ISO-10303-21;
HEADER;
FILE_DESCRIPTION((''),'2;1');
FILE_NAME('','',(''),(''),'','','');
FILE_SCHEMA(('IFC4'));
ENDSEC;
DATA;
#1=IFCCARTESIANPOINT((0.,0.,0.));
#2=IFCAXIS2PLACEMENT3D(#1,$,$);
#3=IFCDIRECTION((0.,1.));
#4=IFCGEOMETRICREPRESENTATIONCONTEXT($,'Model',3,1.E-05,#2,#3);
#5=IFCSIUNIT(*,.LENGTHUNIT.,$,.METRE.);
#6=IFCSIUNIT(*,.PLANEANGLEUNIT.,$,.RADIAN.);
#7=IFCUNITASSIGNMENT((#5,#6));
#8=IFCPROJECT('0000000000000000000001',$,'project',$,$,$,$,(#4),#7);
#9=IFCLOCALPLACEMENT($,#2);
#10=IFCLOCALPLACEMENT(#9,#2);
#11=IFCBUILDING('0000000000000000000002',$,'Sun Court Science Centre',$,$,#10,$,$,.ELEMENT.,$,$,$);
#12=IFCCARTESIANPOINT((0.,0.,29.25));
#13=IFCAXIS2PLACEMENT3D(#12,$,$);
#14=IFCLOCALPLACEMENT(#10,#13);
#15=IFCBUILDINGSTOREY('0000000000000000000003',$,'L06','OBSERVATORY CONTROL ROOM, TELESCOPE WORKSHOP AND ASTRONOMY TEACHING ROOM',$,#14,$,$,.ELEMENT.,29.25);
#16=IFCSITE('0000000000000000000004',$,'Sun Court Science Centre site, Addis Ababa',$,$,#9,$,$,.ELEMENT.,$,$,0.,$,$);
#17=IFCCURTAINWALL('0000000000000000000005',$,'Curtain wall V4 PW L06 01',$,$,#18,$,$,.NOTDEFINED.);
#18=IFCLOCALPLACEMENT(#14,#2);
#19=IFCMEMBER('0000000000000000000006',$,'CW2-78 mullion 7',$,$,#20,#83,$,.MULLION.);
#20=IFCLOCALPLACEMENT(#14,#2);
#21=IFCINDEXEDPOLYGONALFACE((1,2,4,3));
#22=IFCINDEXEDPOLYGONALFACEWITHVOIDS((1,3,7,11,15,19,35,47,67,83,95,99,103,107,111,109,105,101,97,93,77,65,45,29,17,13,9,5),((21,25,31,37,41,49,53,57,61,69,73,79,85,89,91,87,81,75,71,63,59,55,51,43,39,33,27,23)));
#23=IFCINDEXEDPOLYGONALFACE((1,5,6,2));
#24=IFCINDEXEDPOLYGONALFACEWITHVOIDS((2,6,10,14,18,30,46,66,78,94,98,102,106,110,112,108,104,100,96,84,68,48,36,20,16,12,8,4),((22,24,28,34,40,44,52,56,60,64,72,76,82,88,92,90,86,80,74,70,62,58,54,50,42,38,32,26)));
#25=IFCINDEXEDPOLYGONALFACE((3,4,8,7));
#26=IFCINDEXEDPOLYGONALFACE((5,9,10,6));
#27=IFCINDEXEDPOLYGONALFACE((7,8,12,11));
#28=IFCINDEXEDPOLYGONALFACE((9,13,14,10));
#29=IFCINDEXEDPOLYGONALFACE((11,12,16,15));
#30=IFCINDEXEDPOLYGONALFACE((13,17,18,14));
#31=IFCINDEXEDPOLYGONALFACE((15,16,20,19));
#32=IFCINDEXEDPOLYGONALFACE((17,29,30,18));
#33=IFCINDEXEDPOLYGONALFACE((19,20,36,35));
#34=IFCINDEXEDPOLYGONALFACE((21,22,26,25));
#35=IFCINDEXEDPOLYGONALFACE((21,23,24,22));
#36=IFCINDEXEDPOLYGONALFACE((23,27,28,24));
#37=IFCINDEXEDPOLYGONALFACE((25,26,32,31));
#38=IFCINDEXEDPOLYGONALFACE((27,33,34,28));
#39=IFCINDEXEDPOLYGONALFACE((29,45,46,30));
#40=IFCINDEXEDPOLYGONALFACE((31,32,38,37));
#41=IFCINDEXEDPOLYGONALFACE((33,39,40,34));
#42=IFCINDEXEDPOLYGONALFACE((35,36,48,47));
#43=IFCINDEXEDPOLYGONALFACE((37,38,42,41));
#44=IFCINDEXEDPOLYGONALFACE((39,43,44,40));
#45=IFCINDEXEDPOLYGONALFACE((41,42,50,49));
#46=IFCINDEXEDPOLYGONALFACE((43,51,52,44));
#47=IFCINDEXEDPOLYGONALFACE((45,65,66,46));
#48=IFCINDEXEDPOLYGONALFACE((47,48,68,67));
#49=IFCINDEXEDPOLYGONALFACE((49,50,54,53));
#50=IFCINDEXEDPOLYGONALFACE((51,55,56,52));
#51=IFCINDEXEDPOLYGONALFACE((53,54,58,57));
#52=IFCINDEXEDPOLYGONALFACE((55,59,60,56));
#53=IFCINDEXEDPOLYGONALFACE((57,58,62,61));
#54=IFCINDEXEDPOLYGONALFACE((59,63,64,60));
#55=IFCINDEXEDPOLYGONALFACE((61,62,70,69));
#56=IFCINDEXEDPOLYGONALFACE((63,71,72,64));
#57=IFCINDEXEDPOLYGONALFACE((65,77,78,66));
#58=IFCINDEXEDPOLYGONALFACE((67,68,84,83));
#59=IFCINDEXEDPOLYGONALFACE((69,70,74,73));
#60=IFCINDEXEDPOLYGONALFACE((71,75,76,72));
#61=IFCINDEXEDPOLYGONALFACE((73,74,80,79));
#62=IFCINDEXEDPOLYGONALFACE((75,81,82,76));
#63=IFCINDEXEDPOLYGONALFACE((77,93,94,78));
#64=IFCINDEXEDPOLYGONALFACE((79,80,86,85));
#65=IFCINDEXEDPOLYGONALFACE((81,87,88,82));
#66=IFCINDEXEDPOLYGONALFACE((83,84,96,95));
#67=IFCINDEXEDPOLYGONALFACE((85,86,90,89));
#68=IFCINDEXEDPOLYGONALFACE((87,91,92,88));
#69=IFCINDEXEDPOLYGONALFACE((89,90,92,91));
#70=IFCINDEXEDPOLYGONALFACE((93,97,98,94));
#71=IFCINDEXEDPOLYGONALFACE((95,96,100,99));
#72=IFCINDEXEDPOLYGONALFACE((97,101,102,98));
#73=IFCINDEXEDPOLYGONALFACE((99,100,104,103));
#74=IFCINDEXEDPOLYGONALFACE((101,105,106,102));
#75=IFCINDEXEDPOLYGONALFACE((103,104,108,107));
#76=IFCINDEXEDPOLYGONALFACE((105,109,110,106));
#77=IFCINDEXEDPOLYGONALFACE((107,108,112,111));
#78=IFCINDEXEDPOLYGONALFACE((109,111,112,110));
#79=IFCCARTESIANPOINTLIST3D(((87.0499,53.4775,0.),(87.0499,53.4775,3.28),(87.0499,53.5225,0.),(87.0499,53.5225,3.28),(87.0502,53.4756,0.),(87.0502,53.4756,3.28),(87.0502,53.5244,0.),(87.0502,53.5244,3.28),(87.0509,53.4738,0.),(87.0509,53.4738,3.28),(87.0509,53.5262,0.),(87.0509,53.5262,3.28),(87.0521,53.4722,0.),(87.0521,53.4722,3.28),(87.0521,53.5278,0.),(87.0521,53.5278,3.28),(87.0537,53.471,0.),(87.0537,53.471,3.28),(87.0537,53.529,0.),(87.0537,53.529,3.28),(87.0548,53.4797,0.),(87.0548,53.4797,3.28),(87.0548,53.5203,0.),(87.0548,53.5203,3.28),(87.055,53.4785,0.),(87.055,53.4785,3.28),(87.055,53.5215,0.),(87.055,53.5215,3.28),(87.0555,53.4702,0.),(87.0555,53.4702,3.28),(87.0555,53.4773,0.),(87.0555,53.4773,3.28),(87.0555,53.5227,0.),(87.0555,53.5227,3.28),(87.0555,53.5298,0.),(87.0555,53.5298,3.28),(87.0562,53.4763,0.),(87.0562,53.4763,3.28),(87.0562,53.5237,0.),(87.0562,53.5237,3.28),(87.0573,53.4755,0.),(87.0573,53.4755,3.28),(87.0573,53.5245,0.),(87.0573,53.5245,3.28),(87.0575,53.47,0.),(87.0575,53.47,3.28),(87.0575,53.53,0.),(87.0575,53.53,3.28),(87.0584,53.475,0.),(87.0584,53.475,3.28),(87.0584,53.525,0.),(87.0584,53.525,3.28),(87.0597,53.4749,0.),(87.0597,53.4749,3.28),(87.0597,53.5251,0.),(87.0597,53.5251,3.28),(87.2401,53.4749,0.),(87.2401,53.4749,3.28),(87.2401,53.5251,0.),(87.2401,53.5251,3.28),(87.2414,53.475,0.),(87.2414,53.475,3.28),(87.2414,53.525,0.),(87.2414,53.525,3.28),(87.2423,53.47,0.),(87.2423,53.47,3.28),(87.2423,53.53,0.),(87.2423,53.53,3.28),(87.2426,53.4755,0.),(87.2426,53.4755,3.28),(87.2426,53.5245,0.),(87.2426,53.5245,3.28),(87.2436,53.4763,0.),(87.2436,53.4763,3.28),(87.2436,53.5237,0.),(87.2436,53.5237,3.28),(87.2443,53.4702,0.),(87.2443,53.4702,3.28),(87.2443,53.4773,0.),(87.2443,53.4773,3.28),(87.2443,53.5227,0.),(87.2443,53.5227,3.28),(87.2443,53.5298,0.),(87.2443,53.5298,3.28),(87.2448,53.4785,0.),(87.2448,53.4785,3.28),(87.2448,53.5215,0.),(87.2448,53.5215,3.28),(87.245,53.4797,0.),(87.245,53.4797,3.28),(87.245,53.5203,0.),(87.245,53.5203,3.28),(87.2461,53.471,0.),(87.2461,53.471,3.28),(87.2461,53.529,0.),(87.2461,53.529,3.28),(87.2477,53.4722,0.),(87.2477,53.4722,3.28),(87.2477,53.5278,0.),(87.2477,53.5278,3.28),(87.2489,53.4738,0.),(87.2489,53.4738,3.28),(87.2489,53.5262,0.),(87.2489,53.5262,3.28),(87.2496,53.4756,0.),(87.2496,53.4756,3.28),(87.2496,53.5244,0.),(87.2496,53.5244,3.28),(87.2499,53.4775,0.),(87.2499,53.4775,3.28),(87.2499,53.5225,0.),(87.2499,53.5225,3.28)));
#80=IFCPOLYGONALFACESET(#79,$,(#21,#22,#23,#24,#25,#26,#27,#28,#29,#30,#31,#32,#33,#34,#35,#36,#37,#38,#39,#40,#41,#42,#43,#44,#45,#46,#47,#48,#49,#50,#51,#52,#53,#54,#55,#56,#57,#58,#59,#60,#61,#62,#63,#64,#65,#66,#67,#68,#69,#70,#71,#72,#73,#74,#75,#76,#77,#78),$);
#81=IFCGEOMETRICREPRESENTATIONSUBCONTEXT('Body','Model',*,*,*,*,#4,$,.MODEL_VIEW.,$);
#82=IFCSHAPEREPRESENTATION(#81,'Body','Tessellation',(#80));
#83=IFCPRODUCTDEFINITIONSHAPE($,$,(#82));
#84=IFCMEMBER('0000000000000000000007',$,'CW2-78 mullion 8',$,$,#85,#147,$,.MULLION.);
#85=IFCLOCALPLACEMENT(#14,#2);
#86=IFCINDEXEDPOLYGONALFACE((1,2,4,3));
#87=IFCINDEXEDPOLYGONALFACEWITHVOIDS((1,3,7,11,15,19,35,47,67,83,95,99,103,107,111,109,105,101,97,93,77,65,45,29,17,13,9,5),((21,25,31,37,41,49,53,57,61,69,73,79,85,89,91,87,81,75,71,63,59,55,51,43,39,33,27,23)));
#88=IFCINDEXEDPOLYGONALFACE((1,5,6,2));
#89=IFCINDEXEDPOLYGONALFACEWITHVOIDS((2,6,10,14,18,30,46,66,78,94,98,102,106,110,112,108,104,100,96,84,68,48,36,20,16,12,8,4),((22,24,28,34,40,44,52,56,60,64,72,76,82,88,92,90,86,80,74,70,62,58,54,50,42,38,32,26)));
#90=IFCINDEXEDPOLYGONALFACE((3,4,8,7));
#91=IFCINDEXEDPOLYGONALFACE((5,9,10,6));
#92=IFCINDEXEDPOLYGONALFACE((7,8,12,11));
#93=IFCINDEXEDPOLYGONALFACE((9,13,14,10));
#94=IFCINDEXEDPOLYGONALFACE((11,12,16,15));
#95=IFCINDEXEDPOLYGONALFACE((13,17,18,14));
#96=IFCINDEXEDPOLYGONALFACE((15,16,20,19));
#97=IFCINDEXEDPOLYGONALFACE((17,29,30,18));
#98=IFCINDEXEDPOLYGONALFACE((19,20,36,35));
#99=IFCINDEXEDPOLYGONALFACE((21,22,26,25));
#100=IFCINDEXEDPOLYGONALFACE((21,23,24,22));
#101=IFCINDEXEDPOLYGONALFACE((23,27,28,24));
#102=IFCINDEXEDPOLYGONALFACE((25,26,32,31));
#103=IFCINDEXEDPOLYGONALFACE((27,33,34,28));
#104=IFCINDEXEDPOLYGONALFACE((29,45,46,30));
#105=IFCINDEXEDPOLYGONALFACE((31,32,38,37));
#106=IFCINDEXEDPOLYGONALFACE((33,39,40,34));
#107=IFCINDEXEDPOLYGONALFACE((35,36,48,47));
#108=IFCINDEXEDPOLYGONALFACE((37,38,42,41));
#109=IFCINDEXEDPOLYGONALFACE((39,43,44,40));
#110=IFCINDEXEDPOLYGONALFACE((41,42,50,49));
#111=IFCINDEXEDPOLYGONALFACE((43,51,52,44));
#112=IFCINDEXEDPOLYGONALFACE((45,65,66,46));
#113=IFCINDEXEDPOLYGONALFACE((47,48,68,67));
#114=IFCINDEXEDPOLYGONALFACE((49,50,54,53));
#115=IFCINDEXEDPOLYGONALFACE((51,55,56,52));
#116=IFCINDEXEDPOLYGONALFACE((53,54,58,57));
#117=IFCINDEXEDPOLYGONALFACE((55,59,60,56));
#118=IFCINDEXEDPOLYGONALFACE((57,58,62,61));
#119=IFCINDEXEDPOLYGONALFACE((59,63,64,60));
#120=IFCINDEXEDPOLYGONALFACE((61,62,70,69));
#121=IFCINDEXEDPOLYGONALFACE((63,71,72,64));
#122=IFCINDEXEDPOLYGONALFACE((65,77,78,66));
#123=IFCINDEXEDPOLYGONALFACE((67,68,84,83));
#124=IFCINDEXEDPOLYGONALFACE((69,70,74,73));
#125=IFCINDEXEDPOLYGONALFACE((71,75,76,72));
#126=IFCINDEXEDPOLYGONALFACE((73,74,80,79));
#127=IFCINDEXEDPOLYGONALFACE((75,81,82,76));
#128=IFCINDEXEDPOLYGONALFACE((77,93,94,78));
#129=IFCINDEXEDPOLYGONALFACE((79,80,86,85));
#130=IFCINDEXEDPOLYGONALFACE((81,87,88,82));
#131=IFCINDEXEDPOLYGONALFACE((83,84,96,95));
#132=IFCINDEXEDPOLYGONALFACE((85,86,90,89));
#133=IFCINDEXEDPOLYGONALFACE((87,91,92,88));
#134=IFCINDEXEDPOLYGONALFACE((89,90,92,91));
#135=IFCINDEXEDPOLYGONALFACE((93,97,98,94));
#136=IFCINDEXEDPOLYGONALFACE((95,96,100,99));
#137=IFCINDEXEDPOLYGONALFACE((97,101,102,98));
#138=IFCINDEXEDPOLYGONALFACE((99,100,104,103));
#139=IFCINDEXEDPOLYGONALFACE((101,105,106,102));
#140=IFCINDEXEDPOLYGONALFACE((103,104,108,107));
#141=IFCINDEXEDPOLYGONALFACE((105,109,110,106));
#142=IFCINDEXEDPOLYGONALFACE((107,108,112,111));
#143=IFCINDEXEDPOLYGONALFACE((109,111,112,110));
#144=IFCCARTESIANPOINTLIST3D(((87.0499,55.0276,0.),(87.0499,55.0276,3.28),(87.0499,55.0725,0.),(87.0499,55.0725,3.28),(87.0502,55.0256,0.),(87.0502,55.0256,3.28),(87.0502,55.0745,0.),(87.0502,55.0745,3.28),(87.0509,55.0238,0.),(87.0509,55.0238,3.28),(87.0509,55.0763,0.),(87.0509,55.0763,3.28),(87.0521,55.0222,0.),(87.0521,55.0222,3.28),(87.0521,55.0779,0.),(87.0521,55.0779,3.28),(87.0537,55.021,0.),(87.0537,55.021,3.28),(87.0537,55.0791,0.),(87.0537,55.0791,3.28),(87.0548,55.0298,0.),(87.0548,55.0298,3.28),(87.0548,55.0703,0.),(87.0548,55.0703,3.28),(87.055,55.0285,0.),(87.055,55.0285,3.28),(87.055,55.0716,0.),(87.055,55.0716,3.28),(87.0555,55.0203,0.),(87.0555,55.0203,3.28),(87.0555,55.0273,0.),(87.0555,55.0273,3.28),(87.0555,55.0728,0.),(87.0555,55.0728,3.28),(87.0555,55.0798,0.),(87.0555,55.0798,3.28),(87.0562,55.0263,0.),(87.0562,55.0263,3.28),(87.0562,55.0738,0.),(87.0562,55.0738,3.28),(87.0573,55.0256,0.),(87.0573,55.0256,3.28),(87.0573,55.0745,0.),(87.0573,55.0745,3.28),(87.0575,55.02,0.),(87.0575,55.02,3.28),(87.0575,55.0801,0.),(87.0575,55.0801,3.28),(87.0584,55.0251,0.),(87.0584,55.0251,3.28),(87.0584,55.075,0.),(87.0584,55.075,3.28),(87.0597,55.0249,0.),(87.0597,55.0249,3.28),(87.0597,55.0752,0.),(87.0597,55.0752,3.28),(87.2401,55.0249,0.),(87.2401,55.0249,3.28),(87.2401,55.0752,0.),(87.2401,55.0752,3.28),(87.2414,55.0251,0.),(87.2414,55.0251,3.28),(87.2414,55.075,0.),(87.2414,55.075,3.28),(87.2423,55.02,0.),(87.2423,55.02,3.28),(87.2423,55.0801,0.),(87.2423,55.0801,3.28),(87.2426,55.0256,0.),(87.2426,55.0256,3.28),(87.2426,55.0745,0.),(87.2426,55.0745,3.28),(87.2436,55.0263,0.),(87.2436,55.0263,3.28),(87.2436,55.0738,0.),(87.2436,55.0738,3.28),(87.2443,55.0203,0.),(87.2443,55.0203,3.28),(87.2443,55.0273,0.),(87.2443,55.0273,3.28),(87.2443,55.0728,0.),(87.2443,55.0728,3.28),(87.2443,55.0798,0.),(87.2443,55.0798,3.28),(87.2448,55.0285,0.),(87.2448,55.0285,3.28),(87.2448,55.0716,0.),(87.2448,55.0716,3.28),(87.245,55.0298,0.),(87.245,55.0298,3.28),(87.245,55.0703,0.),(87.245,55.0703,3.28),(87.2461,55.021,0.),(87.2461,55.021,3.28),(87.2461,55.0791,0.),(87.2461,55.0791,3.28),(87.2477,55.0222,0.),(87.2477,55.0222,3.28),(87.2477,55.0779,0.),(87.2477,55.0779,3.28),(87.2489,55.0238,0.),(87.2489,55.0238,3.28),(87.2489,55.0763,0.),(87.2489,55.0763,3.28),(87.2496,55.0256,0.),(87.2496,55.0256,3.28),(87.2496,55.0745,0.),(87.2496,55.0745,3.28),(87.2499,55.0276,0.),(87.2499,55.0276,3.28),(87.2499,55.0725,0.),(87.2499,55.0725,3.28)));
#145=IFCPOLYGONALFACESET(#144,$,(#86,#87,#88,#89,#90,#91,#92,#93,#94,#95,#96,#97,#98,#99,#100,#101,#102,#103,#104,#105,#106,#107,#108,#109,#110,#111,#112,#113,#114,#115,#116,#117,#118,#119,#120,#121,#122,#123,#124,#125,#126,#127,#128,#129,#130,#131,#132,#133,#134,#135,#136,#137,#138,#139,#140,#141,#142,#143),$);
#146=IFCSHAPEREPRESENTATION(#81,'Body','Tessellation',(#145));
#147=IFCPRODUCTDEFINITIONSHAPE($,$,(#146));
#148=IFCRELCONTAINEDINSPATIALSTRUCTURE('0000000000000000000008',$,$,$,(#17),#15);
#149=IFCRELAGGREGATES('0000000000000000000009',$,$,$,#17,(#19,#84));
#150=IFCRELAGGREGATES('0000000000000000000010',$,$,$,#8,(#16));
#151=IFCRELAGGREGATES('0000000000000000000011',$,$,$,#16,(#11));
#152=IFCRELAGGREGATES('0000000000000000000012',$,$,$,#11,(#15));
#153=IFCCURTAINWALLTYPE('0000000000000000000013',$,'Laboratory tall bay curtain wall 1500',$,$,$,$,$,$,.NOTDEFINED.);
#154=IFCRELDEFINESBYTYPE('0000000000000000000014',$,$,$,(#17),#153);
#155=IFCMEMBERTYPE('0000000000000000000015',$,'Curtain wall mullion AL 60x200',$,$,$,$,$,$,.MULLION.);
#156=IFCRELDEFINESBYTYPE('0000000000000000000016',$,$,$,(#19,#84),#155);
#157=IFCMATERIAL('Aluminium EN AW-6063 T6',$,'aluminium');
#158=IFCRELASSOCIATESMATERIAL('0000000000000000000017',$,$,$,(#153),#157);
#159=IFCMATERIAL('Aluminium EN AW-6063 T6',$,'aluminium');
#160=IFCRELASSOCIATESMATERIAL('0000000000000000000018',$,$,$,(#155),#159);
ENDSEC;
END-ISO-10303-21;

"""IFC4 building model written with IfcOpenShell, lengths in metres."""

from ifc_helpers import new_model, si_unit, direction, frame, origin, origin_2d, place, context, subcontext, project, spatial, hollow_rectangle, extrude, material, material_profile, profile_set, type_object, element, aggregate, save


model = new_model("IFC4")

# Units and contexts
model_context = context("Model", 3, precision=1e-05, world=origin(), true_north=direction((0.0, 1.0)))
body_context = subcontext(model_context, "Body", "Model", "MODEL_VIEW")
ifc_project = project(units=[si_unit("LENGTHUNIT", "METRE"), si_unit("PLANEANGLEUNIT", "RADIAN")], contexts=[model_context])

# Site, building, storey
site_placement = place(None, origin())
site = spatial("IfcSite", under=ifc_project, at=site_placement, Name="Sun Court Science Centre site, Addis Ababa", CompositionType="ELEMENT", RefElevation=0.0)
building_placement = place(site_placement, origin())
building = spatial("IfcBuilding", under=site, at=building_placement, Name="Sun Court Science Centre", CompositionType="ELEMENT")
storey_placement = place(building_placement, frame((0.0, 0.0, 29.25)))
storey = spatial("IfcBuildingStorey", under=building, at=storey_placement, Name="L06", Description="OBSERVATORY CONTROL ROOM, TELESCOPE WORKSHOP AND ASTRONOMY TEACHING ROOM", CompositionType="ELEMENT", Elevation=29.25)

# Curtain wall, members
ifc_material_1 = material(Name="Aluminium EN AW-6063 T6", Category="aluminium")
curtain_wall_type = type_object("IfcCurtainWallType", Name="Laboratory tall bay curtain wall 1500", PredefinedType="NOTDEFINED", material=ifc_material_1)
curtain_wall_placement = place(storey_placement, origin())
curtain_wall = element("IfcCurtainWall", 1, at=curtain_wall_placement, inside=storey, type_object=curtain_wall_type, Name="Curtain wall V4 PW L06 01", PredefinedType="NOTDEFINED")
ifc_material_2 = material(Name="Aluminium EN AW-6063 T6", Category="aluminium")
ifc_material_profile_1 = material_profile(ifc_material_2, hollow_rectangle(XDim=0.0601, YDim=0.2, WallThickness=0.0049, InnerFilletRadius=0.0049, OuterFilletRadius=0.0076, at=origin_2d()), Name="AL 60x200x5")
ifc_profile_set_1 = profile_set([ifc_material_profile_1], Name="Aluminium EN AW-6063 T6")
member_type_1 = type_object("IfcMemberType", Name="Curtain wall mullion AL 60x200", PredefinedType="MULLION", material=ifc_profile_set_1)
member_1_placement = place(storey_placement, frame((87.1499, 53.5, 0.0), z_axis=(0.0, 0.0, 1.0), x_axis=(0.0, 1.0, 0.0)))
member_1 = element("IfcMember", 2, at=member_1_placement, type_object=member_type_1, Name="CW2-78 mullion 7", PredefinedType="MULLION", context=body_context, shape_type="SweptSolid", body=[
    extrude(hollow_rectangle(XDim=0.0601, YDim=0.2, WallThickness=0.0049, InnerFilletRadius=0.0049, OuterFilletRadius=0.0076, at=origin_2d()), origin(), (0.0, 0.0, 1.0), 3.28),
])
member_2_placement = place(storey_placement, frame((87.1499, 55.05, 0.0), z_axis=(0.0, 0.0, 1.0), x_axis=(0.0, 1.0, 0.0)))
member_2 = element("IfcMember", 3, at=member_2_placement, type_object=member_type_1, Name="CW2-78 mullion 8", PredefinedType="MULLION", context=body_context, shape_type="SweptSolid", body=[
    extrude(hollow_rectangle(XDim=0.0601, YDim=0.2, WallThickness=0.0049, InnerFilletRadius=0.0049, OuterFilletRadius=0.0076, at=origin_2d()), origin(), (0.0, 0.0, 1.0), 3.28),
])

aggregate(curtain_wall, [member_1, member_2])

save(model, "model.ifc")
